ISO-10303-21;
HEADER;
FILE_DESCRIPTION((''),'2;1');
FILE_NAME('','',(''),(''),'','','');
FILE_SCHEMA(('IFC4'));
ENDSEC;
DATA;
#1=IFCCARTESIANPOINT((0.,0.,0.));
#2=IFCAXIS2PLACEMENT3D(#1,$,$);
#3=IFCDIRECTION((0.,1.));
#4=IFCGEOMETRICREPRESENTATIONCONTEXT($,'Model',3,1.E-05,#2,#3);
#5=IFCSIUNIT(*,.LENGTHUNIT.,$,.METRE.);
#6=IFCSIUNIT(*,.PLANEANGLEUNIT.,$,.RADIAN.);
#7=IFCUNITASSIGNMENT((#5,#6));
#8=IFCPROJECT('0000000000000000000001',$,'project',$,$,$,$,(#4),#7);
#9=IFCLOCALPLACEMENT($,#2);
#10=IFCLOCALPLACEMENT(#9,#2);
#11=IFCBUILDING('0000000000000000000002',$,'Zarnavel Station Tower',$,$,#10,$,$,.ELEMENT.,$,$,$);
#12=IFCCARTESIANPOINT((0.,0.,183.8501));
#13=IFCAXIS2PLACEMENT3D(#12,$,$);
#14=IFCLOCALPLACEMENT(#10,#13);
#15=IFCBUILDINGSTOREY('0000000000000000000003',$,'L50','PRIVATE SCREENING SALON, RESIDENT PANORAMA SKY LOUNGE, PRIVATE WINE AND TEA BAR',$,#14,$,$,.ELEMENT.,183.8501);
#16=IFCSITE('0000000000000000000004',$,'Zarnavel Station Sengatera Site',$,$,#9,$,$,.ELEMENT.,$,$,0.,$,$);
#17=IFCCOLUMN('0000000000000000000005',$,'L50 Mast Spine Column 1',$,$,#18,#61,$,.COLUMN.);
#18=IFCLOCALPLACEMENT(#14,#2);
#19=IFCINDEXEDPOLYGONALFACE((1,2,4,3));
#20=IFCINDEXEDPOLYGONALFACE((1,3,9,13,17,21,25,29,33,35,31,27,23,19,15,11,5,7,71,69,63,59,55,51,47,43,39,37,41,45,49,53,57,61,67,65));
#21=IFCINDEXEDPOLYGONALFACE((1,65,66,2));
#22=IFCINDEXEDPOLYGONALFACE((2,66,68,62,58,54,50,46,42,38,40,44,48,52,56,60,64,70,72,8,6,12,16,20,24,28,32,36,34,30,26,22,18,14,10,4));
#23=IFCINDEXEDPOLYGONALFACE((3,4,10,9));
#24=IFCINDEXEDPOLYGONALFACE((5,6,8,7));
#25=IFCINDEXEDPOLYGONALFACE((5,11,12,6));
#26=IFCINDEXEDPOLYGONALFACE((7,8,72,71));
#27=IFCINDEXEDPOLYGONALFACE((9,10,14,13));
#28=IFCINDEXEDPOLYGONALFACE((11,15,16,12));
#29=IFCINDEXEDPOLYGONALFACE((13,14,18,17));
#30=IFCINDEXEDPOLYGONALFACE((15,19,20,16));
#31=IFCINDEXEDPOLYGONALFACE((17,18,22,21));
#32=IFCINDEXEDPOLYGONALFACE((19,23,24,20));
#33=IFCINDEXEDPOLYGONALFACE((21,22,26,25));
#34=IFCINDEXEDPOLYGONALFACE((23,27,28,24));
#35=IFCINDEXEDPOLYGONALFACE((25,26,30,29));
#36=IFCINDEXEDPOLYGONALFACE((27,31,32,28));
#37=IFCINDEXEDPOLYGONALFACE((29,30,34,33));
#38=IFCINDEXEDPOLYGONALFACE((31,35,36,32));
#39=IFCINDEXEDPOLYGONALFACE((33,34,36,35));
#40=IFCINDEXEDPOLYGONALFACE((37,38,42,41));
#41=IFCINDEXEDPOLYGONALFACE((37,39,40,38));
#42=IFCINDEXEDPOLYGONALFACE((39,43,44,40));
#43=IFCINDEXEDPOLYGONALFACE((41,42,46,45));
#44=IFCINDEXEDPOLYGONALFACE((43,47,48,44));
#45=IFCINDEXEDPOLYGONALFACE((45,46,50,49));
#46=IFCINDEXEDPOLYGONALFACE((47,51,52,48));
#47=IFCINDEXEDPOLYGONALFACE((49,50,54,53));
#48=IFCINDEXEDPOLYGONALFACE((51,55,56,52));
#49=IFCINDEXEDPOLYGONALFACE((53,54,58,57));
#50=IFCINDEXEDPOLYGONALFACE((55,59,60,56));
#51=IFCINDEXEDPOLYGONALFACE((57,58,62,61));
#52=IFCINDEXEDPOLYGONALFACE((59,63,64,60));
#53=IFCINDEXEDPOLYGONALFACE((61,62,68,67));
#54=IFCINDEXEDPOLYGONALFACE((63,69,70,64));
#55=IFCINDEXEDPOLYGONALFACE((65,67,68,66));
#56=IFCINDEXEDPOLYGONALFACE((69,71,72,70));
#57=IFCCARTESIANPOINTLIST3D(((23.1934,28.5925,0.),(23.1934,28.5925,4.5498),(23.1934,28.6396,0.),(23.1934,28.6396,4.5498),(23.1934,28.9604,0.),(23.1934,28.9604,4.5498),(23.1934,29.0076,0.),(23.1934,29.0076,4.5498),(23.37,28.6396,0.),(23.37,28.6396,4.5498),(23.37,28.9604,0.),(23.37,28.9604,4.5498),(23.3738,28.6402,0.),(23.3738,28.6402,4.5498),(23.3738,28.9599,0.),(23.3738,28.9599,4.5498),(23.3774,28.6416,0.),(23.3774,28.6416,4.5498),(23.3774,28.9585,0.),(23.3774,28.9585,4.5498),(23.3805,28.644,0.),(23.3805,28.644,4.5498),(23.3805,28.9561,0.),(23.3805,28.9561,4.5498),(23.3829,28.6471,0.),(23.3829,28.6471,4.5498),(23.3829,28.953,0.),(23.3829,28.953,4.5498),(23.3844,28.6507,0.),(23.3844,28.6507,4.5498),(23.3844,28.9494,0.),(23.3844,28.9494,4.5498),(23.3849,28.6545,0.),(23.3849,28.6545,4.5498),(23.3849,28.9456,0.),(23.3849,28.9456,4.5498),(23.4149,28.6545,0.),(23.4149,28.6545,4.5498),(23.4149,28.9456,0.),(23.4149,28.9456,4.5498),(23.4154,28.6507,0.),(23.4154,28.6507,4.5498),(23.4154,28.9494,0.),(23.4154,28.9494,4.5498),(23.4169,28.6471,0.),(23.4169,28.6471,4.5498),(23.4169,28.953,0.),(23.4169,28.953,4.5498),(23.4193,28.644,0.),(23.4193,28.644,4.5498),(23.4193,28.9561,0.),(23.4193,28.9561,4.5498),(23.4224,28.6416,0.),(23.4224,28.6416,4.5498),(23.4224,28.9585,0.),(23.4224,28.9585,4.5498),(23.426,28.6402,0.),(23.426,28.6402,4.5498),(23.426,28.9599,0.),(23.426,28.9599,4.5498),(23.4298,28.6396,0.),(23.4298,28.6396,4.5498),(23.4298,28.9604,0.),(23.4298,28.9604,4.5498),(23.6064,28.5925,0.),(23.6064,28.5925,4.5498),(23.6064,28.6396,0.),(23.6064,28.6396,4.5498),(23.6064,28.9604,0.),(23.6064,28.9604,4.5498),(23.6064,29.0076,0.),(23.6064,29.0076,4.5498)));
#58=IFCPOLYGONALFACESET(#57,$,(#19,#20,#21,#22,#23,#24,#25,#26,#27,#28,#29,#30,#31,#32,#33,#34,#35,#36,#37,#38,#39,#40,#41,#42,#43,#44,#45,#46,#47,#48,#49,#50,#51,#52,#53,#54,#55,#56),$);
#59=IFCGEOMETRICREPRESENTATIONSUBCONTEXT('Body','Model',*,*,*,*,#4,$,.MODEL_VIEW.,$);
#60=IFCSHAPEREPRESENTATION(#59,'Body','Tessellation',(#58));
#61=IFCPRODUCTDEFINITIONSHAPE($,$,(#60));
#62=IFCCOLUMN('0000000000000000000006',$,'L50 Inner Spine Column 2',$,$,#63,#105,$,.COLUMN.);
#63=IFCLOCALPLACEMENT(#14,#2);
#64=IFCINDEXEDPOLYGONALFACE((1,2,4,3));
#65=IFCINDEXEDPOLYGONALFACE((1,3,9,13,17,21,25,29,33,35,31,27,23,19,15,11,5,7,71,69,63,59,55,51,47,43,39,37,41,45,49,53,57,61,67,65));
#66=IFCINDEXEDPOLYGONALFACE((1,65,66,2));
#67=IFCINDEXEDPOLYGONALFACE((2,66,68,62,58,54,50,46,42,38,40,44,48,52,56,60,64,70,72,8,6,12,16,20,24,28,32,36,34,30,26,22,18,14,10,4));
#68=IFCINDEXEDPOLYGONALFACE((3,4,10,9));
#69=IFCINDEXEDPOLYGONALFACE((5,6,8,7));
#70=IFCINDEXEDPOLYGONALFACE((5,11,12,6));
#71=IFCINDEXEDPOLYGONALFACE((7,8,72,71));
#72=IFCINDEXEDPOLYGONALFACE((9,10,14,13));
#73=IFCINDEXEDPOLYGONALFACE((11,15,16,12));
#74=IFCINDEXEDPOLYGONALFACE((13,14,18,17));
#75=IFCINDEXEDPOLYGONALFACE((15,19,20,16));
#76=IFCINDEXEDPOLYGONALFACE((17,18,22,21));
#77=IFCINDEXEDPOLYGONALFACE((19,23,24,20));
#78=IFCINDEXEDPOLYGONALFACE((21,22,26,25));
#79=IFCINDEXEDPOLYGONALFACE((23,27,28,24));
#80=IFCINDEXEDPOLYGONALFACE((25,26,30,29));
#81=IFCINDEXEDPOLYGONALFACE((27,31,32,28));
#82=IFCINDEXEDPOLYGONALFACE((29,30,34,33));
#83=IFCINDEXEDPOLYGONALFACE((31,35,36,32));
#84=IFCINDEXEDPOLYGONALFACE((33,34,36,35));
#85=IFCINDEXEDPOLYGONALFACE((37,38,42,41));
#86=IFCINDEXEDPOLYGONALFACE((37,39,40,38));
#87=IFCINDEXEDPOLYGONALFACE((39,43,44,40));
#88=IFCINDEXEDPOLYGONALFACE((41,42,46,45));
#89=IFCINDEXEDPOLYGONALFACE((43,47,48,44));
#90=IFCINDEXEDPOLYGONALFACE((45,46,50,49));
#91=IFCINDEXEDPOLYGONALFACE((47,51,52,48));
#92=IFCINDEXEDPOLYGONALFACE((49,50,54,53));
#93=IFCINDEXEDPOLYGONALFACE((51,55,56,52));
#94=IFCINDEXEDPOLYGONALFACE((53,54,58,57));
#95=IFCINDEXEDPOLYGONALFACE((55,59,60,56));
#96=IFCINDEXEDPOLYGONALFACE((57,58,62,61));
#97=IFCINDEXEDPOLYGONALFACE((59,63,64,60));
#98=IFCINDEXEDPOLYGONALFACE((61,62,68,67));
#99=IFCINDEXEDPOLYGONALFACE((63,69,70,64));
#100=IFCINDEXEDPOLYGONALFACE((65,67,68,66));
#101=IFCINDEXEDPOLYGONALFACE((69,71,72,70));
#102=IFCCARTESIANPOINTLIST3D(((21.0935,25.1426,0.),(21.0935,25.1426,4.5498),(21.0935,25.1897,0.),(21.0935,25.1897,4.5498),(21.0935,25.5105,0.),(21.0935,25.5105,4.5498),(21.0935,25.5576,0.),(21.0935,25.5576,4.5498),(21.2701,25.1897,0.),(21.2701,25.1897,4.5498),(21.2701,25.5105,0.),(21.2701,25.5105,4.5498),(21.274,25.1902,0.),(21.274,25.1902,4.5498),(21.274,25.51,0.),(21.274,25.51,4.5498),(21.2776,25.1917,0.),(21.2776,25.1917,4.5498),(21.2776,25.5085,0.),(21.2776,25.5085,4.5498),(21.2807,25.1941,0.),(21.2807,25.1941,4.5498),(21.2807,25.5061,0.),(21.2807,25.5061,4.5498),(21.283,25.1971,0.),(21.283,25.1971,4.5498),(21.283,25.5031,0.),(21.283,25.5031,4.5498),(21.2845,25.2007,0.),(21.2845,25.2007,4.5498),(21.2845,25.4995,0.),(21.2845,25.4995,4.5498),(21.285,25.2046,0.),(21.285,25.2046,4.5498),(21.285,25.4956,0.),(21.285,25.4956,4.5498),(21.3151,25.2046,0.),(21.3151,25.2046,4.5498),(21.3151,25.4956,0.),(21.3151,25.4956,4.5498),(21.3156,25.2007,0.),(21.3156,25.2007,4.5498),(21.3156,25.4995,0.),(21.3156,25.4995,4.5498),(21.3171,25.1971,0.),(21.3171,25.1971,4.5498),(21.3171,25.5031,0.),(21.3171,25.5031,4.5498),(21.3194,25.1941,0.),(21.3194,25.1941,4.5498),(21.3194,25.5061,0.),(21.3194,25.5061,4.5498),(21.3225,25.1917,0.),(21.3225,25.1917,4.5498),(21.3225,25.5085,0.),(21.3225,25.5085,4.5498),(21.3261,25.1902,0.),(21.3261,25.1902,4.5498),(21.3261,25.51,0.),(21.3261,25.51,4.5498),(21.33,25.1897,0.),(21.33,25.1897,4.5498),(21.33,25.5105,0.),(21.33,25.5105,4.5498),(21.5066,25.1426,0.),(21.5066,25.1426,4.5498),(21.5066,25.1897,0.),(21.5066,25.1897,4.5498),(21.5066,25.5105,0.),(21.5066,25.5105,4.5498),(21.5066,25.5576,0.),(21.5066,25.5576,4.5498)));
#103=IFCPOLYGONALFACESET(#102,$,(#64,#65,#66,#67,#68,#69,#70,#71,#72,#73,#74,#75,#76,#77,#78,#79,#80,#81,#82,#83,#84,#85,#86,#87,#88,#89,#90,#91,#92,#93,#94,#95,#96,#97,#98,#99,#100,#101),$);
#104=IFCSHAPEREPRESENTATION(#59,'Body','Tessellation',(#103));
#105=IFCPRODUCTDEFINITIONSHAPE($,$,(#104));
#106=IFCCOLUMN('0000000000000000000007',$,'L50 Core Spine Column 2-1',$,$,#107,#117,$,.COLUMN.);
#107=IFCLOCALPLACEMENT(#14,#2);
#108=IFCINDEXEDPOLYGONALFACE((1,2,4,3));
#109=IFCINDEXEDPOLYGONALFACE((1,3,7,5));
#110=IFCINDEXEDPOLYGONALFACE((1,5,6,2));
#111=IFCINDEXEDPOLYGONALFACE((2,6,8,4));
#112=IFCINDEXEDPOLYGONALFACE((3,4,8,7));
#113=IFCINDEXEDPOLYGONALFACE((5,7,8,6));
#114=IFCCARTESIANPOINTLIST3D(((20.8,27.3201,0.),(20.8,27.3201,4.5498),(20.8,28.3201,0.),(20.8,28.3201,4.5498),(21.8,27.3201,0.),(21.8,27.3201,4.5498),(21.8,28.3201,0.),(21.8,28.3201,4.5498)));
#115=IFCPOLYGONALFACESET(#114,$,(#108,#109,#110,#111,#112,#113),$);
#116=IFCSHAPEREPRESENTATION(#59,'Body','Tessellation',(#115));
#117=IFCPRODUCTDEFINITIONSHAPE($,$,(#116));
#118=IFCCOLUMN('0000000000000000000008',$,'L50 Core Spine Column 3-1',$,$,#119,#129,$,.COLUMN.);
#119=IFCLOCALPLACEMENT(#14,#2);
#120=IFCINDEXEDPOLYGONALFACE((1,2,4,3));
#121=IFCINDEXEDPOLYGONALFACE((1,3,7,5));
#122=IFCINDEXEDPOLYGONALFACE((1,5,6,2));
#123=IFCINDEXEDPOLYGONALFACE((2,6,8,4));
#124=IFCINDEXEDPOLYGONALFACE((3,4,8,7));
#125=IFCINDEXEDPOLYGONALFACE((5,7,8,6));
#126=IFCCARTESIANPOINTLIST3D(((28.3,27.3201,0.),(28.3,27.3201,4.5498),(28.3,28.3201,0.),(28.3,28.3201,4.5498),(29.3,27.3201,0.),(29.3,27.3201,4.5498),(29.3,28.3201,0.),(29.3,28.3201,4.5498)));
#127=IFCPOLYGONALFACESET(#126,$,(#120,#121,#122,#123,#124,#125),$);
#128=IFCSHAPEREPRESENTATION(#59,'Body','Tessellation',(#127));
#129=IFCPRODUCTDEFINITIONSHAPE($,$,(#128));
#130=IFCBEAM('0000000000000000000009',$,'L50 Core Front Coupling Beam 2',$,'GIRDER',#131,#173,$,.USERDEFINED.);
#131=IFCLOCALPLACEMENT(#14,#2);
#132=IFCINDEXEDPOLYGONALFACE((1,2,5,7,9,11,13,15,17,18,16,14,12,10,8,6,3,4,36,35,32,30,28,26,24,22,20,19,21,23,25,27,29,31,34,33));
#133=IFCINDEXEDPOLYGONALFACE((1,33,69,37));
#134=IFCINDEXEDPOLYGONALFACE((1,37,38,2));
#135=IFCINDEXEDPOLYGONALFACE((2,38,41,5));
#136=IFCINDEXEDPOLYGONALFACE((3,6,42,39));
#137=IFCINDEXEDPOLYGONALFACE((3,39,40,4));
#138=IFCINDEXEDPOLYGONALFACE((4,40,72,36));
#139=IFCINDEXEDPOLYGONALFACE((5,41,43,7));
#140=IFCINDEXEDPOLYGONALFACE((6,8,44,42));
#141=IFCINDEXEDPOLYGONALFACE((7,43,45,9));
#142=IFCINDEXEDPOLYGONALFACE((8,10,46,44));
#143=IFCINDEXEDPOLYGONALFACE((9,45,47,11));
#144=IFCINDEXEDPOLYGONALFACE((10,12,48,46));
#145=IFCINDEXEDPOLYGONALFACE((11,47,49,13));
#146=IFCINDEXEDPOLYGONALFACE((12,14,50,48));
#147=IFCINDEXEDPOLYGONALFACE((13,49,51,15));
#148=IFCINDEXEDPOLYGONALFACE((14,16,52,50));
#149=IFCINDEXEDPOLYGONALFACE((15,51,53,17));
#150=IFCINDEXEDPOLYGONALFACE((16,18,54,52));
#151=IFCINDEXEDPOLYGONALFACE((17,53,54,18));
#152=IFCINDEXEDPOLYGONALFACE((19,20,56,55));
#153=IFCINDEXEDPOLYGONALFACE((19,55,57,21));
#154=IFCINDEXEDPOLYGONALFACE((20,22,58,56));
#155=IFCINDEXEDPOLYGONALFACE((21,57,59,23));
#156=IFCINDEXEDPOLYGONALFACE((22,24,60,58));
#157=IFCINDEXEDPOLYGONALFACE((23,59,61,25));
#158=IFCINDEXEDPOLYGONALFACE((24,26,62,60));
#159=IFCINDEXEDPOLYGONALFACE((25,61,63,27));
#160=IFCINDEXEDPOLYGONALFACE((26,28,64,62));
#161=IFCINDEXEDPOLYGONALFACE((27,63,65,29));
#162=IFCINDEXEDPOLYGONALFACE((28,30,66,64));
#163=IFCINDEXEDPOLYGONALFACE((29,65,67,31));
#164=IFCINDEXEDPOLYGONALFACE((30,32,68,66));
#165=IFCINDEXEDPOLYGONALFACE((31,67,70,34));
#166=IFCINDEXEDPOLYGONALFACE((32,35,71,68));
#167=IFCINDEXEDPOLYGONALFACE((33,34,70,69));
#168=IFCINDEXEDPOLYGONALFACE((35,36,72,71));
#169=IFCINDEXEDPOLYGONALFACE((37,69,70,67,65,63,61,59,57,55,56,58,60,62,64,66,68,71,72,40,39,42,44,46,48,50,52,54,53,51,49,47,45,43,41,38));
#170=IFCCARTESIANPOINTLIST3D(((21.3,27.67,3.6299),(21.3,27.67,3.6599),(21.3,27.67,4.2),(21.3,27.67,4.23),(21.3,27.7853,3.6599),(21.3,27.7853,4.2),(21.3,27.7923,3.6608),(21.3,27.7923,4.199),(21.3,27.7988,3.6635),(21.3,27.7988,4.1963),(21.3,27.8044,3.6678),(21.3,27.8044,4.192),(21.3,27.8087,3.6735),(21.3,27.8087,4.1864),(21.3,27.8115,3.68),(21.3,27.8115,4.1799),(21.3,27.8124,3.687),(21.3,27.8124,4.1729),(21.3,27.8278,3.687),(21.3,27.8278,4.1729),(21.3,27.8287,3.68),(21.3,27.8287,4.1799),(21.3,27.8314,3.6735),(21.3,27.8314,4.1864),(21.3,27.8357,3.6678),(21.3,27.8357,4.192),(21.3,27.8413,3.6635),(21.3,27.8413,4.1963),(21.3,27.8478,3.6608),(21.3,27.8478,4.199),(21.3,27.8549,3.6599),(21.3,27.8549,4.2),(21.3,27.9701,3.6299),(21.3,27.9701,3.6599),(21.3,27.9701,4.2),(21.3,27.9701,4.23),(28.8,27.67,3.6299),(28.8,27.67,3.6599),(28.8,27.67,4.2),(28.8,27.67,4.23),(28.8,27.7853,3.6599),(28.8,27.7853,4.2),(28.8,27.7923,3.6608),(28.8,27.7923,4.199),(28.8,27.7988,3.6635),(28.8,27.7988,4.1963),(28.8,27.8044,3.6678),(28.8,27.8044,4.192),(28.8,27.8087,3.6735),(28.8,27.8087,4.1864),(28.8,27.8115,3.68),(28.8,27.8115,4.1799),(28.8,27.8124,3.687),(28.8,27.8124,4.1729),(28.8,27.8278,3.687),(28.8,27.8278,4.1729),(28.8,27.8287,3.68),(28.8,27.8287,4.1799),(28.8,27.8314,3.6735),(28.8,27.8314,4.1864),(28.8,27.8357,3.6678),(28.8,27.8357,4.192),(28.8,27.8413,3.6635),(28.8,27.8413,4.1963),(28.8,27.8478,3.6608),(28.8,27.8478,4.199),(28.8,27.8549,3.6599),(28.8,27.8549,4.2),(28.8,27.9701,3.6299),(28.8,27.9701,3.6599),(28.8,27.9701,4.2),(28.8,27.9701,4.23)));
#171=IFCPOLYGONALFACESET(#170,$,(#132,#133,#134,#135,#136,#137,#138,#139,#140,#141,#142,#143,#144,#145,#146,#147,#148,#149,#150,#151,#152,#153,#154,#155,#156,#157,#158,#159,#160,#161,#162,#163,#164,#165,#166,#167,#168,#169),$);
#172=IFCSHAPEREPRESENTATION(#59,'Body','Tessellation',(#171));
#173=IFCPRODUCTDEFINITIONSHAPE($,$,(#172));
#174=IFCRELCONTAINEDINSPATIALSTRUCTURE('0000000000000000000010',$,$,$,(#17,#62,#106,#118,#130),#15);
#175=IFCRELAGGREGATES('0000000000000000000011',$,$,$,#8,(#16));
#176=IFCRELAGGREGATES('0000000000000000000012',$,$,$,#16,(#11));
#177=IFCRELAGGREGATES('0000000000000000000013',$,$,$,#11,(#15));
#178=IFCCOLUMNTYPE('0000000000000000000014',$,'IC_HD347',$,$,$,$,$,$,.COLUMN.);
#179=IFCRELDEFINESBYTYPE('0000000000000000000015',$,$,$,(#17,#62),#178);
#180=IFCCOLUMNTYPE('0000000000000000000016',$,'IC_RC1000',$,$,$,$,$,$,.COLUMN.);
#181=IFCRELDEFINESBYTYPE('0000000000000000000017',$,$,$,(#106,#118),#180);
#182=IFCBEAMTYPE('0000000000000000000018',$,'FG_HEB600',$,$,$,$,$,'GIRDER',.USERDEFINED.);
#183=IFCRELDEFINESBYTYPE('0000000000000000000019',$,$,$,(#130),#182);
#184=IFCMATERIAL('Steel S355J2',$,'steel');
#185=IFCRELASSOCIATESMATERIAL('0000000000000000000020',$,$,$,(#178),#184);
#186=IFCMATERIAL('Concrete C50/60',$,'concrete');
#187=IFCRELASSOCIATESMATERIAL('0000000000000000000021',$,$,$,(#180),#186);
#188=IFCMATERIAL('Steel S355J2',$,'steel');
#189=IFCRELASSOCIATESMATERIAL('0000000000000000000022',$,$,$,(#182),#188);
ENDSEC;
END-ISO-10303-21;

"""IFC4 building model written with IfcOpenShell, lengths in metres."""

from ifc_helpers import new_model, si_unit, direction, frame, origin, origin_2d, place, context, subcontext, project, spatial, rectangle, i_section, extrude, material, material_profile, profile_set, type_object, element, save


model = new_model("IFC4")

# Units and contexts
model_context = context("Model", 3, precision=1e-05, world=origin(), true_north=direction((0.0, 1.0)))
body_context = subcontext(model_context, "Body", "Model", "MODEL_VIEW")
ifc_project = project(units=[si_unit("LENGTHUNIT", "METRE"), si_unit("PLANEANGLEUNIT", "RADIAN")], contexts=[model_context])

# Site, building, storey
site_placement = place(None, origin())
site = spatial("IfcSite", under=ifc_project, at=site_placement, Name="Zarnavel Station Sengatera Site", CompositionType="ELEMENT", RefElevation=0.0)
building_placement = place(site_placement, origin())
building = spatial("IfcBuilding", under=site, at=building_placement, Name="Zarnavel Station Tower", CompositionType="ELEMENT")
storey_placement = place(building_placement, frame((0.0, 0.0, 183.8501)))
storey = spatial("IfcBuildingStorey", under=building, at=storey_placement, Name="L50", Description="PRIVATE SCREENING SALON, RESIDENT PANORAMA SKY LOUNGE, PRIVATE WINE AND TEA BAR", CompositionType="ELEMENT", Elevation=183.8501)

# Columns
ifc_material_1 = material(Name="Steel S355J2", Category="steel")
ifc_material_profile_1 = material_profile(ifc_material_1, i_section(OverallWidth=0.4131, OverallDepth=0.415, WebThickness=0.03, FlangeThickness=0.0471, FilletRadius=0.0149, at=origin_2d()), Name="HD400x347")
ifc_profile_set_1 = profile_set([ifc_material_profile_1], Name="Steel S355J2")
column_type_1 = type_object("IfcColumnType", Name="IC_HD347", PredefinedType="COLUMN", material=ifc_profile_set_1)
for number, where, z_axis, x_axis, name in (
    (1, (23.3999, 28.8, 0.0), (0.0, 0.0, 1.0), (1.0, 0.0, 0.0), "L50 Mast Spine Column 1"),
    (2, (21.3, 25.3501, 0.0), (0.0, 0.0, 1.0), (1.0, 0.0, 0.0), "L50 Inner Spine Column 2"),
):
    element("IfcColumn", number, at=place(storey_placement, frame(where, z_axis=z_axis, x_axis=x_axis)), inside=storey, type_object=column_type_1, Name=name, PredefinedType="COLUMN", context=body_context, shape_type="SweptSolid", body=[
        extrude(i_section(OverallWidth=0.4131, OverallDepth=0.415, WebThickness=0.03, FlangeThickness=0.0471, FilletRadius=0.0149, at=origin_2d()), origin(), (0.0, 0.0, 1.0), 4.5498),
    ])
ifc_material_2 = material(Name="Concrete C50/60", Category="concrete")
ifc_material_profile_2 = material_profile(ifc_material_2, rectangle(XDim=1.0, YDim=1.0, at=origin_2d()), Name="RC1000x1000")
ifc_profile_set_2 = profile_set([ifc_material_profile_2], Name="Concrete C50/60")
column_type_2 = type_object("IfcColumnType", Name="IC_RC1000", PredefinedType="COLUMN", material=ifc_profile_set_2)
for number, where, z_axis, x_axis, name in (
    (3, (21.3, 27.8201, 0.0), (0.0, 0.0, 1.0), (1.0, 0.0, 0.0), "L50 Core Spine Column 2-1"),
    (4, (28.8, 27.8201, 0.0), (0.0, 0.0, 1.0), (1.0, 0.0, 0.0), "L50 Core Spine Column 3-1"),
):
    element("IfcColumn", number, at=place(storey_placement, frame(where, z_axis=z_axis, x_axis=x_axis)), inside=storey, type_object=column_type_2, Name=name, PredefinedType="COLUMN", context=body_context, shape_type="SweptSolid", body=[
        extrude(rectangle(XDim=1.0, YDim=1.0, at=origin_2d()), origin(), (0.0, 0.0, 1.0), 4.5498),
    ])

# Beam
ifc_material_3 = material(Name="Steel S355J2", Category="steel")
ifc_material_profile_3 = material_profile(ifc_material_3, i_section(OverallWidth=0.3, OverallDepth=0.6001, WebThickness=0.0154, FlangeThickness=0.03, FilletRadius=0.0271, at=origin_2d()), Name="HEB600")
ifc_profile_set_3 = profile_set([ifc_material_profile_3], Name="Steel S355J2")
beam_type_1 = type_object("IfcBeamType", Name="FG_HEB600", ElementType="GIRDER", PredefinedType="USERDEFINED", material=ifc_profile_set_3)
beam_1_placement = place(storey_placement, frame((21.3, 27.8201, 3.9299), z_axis=(1.0, 0.0, 0.0), x_axis=(0.0, 1.0, 0.0)))
element("IfcBeam", 5, at=beam_1_placement, inside=storey, type_object=beam_type_1, Name="L50 Core Front Coupling Beam 2", ObjectType="GIRDER", PredefinedType="USERDEFINED", context=body_context, shape_type="SweptSolid", body=[
    extrude(i_section(OverallWidth=0.3, OverallDepth=0.6001, WebThickness=0.0154, FlangeThickness=0.03, FilletRadius=0.0271, at=origin_2d()), origin(), (0.0, 0.0, 1.0), 7.5),
])

save(model, "model.ifc")
